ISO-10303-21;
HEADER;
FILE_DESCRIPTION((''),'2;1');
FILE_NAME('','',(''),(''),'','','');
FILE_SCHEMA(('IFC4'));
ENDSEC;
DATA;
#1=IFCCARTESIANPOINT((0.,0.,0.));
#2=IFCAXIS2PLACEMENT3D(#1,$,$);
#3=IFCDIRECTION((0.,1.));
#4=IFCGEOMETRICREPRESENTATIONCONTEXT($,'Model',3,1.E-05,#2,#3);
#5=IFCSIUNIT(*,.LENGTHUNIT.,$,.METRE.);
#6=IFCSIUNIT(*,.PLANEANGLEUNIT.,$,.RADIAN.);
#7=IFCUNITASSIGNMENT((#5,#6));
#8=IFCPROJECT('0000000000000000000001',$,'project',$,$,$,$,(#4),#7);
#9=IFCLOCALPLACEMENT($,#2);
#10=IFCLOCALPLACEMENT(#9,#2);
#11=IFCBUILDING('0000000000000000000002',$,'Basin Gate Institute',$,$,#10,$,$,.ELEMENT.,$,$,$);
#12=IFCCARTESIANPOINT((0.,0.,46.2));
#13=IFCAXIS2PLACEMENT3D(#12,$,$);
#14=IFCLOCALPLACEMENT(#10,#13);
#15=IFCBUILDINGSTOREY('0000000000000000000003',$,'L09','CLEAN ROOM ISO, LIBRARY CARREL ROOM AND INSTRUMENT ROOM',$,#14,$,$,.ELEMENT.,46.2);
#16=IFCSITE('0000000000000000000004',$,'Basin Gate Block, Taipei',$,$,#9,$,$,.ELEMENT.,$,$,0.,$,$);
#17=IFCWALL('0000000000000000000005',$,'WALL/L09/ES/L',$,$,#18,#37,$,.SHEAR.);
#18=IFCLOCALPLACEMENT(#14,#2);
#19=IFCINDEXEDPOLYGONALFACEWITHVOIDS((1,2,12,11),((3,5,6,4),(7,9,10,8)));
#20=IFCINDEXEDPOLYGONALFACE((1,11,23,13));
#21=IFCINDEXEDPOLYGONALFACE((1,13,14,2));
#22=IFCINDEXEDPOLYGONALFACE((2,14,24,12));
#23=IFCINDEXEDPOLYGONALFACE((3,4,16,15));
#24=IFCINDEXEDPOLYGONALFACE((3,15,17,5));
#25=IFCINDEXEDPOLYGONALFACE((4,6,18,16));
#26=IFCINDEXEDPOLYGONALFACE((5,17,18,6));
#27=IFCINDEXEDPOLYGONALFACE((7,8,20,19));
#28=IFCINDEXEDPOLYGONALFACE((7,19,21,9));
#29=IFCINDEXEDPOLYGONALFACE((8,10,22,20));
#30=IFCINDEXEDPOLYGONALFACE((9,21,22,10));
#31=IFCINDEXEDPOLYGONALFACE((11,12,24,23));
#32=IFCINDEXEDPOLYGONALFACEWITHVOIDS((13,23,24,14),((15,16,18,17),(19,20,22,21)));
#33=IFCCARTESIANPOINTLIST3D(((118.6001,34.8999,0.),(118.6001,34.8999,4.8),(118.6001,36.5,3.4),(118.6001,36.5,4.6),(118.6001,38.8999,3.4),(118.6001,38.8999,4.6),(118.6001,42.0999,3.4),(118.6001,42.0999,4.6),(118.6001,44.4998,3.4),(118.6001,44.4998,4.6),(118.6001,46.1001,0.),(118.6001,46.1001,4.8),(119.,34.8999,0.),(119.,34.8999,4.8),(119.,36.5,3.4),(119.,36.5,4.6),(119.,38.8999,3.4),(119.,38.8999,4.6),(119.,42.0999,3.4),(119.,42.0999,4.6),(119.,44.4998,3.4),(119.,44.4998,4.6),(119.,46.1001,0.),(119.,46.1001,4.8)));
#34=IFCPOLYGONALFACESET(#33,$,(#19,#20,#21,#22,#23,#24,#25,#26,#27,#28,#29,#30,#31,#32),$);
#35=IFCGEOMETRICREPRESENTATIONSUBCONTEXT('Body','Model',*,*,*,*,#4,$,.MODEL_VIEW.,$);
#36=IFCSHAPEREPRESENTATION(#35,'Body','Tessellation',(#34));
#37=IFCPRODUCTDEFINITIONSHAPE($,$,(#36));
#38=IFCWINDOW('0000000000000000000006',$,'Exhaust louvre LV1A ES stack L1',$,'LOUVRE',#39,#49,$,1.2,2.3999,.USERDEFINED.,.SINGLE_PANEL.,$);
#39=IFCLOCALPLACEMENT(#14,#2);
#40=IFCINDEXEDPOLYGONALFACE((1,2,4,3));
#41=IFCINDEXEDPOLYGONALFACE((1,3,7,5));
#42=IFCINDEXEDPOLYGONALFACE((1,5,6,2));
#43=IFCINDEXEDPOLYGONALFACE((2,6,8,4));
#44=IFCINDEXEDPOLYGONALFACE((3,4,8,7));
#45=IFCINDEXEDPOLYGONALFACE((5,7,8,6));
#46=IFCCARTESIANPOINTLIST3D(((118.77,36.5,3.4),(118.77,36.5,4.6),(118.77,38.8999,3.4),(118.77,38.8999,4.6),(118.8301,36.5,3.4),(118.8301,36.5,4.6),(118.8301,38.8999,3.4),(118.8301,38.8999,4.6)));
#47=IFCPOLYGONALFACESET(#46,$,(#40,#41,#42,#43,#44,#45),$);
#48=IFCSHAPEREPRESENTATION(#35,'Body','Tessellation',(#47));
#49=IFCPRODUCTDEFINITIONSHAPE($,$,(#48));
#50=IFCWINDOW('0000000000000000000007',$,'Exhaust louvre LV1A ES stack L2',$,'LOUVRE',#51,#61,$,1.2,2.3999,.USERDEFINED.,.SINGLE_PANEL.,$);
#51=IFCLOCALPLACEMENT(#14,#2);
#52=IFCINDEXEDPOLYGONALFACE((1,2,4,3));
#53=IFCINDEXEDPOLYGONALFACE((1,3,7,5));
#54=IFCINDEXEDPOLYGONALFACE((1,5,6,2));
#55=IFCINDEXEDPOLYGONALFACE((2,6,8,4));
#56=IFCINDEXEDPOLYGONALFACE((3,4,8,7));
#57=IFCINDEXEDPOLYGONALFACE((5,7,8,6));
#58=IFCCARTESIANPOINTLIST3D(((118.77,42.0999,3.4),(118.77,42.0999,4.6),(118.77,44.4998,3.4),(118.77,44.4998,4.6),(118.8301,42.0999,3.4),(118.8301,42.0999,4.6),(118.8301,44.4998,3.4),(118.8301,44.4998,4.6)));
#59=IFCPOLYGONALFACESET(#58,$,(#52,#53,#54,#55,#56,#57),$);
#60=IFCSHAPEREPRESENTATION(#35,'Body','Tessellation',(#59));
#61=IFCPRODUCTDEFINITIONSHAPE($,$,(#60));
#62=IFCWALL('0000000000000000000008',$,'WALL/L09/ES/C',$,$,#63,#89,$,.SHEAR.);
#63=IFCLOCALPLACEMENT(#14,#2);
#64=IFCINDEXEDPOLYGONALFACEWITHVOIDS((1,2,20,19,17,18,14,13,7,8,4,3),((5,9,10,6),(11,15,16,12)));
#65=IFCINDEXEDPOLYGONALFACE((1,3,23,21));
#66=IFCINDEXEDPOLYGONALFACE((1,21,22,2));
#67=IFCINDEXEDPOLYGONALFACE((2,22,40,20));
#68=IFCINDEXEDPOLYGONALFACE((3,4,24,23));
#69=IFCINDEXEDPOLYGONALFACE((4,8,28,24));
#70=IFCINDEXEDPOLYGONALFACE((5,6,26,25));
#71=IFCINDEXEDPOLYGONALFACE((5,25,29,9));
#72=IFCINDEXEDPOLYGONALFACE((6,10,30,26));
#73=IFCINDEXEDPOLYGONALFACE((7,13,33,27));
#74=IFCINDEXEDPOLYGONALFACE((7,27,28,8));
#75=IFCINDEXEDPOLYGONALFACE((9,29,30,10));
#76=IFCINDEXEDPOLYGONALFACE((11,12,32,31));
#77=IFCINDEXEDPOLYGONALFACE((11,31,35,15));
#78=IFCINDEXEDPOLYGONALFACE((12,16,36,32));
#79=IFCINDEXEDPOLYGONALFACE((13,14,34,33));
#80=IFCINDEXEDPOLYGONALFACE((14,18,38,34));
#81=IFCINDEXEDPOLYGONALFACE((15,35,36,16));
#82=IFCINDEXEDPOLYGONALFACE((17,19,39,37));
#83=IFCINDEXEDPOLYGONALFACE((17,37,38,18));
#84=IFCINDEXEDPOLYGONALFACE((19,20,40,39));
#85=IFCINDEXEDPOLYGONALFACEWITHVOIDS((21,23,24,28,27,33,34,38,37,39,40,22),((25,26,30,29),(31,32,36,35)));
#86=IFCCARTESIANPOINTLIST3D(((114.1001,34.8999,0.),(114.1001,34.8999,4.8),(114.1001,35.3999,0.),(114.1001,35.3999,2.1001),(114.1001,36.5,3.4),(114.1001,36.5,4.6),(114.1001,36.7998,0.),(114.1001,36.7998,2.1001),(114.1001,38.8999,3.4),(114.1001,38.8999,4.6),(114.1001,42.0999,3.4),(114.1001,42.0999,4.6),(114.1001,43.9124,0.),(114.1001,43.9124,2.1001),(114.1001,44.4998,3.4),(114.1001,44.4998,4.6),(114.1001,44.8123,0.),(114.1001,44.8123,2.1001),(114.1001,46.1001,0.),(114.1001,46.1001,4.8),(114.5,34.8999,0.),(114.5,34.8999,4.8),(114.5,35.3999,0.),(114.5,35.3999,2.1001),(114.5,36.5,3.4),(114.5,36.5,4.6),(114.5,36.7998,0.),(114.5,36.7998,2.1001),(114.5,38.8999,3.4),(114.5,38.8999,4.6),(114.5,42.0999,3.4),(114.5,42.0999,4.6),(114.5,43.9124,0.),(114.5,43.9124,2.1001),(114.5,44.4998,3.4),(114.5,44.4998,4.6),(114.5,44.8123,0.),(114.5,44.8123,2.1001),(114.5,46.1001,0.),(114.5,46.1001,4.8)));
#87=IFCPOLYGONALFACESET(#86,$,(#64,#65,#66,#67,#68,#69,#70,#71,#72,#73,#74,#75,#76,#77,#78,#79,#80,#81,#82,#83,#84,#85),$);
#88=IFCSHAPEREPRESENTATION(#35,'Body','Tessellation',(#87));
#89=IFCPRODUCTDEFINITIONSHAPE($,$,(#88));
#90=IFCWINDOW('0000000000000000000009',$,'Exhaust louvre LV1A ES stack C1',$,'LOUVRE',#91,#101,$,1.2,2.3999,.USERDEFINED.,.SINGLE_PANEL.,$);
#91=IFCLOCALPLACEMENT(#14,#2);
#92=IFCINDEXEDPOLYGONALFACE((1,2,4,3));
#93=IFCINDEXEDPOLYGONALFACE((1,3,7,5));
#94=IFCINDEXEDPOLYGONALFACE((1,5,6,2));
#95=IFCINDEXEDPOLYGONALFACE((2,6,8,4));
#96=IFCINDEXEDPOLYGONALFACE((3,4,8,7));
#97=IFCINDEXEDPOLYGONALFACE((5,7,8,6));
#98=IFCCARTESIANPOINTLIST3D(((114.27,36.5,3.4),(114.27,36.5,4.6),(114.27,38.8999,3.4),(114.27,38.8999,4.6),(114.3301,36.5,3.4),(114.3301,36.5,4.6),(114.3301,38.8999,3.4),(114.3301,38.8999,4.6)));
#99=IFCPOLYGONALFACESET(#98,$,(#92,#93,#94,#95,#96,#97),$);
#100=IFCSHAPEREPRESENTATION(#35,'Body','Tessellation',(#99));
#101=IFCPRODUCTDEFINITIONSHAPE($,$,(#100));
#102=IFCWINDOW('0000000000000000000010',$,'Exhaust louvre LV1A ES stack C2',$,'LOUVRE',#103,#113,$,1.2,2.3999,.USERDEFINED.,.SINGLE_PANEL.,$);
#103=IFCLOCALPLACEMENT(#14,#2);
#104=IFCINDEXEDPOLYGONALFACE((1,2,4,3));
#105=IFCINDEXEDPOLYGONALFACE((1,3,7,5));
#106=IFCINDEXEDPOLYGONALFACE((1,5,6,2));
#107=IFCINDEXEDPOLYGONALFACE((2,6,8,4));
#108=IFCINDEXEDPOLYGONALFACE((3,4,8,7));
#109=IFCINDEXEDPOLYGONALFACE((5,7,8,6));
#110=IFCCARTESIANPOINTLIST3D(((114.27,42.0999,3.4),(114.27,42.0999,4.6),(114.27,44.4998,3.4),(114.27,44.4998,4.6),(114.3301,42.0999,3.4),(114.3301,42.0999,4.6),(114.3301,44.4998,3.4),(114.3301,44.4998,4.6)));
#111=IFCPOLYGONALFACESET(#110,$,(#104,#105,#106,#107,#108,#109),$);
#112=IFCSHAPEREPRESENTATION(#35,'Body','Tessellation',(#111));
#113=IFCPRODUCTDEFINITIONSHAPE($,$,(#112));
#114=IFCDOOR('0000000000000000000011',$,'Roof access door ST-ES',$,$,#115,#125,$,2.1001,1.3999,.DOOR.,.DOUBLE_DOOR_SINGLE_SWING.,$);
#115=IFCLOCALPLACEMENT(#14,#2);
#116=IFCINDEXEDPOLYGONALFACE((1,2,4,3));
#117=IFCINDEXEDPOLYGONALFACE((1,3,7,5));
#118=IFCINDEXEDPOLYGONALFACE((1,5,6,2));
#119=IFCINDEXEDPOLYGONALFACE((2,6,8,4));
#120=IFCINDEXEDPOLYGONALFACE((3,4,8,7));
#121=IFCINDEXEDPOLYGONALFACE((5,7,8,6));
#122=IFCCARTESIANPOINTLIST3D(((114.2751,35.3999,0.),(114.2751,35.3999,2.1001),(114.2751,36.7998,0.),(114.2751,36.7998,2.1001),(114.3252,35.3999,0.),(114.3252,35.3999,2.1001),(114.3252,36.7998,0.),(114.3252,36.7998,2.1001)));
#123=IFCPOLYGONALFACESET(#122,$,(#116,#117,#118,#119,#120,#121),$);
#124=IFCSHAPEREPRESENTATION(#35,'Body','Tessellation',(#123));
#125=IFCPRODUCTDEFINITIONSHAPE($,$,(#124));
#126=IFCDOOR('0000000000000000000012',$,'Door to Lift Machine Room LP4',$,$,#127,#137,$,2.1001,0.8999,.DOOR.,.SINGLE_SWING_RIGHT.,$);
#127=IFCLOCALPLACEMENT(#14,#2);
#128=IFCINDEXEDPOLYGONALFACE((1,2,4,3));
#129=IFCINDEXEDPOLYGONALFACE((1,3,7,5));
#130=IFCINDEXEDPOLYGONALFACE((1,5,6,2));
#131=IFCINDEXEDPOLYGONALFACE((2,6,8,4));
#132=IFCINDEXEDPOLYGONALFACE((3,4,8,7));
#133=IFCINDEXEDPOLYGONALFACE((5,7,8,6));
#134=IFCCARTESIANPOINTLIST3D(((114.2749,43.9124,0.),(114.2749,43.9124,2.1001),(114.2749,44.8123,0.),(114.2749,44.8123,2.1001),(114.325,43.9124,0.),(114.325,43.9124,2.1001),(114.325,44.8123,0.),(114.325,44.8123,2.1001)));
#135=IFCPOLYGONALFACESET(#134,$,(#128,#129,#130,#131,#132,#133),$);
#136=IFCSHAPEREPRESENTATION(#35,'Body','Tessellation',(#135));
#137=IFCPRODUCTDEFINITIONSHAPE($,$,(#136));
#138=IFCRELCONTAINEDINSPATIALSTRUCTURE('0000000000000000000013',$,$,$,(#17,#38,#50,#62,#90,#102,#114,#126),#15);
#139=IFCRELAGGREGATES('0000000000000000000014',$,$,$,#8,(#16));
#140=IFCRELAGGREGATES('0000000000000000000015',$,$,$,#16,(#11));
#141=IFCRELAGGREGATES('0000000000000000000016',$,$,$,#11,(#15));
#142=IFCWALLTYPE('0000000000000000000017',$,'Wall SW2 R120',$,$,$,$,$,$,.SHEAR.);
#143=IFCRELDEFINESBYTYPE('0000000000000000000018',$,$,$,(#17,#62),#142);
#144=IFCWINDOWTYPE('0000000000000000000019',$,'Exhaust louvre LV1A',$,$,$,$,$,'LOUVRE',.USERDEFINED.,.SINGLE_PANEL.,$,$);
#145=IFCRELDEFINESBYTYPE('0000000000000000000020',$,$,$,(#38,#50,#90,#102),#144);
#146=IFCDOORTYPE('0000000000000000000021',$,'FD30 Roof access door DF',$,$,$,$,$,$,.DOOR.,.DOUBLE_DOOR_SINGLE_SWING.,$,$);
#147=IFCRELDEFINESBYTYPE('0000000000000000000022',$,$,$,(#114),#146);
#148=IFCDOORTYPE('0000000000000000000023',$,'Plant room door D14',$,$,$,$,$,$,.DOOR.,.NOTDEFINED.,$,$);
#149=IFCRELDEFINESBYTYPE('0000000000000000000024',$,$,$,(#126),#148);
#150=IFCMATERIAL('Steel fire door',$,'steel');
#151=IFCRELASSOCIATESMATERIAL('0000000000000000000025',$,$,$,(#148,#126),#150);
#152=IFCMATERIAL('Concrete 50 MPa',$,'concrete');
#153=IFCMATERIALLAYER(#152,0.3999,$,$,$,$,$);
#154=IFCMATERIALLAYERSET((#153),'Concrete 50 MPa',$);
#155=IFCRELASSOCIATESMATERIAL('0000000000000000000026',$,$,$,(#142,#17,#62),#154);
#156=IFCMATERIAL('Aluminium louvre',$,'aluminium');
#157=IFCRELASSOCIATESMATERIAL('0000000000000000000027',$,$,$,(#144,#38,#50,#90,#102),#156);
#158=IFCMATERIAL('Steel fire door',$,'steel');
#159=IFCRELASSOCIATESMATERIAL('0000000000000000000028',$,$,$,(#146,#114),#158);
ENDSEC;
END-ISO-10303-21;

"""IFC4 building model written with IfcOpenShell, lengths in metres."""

from ifc_helpers import new_model, si_unit, direction, frame, frame_2d, origin, place, context, subcontext, project, spatial, rectangle, extrude, material, layer, layer_set, type_object, element, fill, save


model = new_model("IFC4")

# Units and contexts
model_context = context("Model", 3, precision=1e-05, world=origin(), true_north=direction((0.0, 1.0)))
body_context = subcontext(model_context, "Body", "Model", "MODEL_VIEW")
ifc_project = project(units=[si_unit("LENGTHUNIT", "METRE"), si_unit("PLANEANGLEUNIT", "RADIAN")], contexts=[model_context])

# Site, building, storey
site_placement = place(None, origin())
site = spatial("IfcSite", under=ifc_project, at=site_placement, Name="Basin Gate Block, Taipei", CompositionType="ELEMENT", RefElevation=0.0)
building_placement = place(site_placement, origin())
building = spatial("IfcBuilding", under=site, at=building_placement, Name="Basin Gate Institute", CompositionType="ELEMENT")
storey_placement = place(building_placement, frame((0.0, 0.0, 46.2)))
storey = spatial("IfcBuildingStorey", under=building, at=storey_placement, Name="L09", Description="CLEAN ROOM ISO, LIBRARY CARREL ROOM AND INSTRUMENT ROOM", CompositionType="ELEMENT", Elevation=46.2)

# Shared definitions
ifc_material_1 = material(Name="Steel fire door", Category="steel")
door_type_1 = type_object("IfcDoorType", Name="Plant room door D14", OperationType="NOTDEFINED", PredefinedType="DOOR", material=ifc_material_1)

# Wall, openings, windows
ifc_material_2 = material(Name="Concrete 50 MPa", Category="concrete")
ifc_layer_1 = layer(ifc_material_2, 0.3999)
ifc_layer_set_1 = layer_set([ifc_layer_1], Name="Concrete 50 MPa")
wall_type_1 = type_object("IfcWallType", Name="Wall SW2 R120", PredefinedType="SHEAR", material=ifc_layer_set_1)
wall_1_placement = place(storey_placement, frame((118.8, 34.8999, 0.0), z_axis=(0.0, 0.0, 1.0), x_axis=(0.0, 1.0, 0.0)))
wall_1 = element("IfcWall", 1, at=wall_1_placement, inside=storey, type_object=wall_type_1, material=ifc_layer_set_1, Name="WALL/L09/ES/L", PredefinedType="SHEAR", context=body_context, shape_type="SweptSolid", body=[
    extrude(rectangle(XDim=11.2002, YDim=0.3999, at=frame_2d((5.6001, 0.0))), origin(), (0.0, 0.0, 1.0), 4.8),
])
opening_1_placement = place(wall_1_placement, frame((1.6001, 0.0, 3.3999)))
opening_1 = element("IfcOpeningElement", 2, at=opening_1_placement, cuts=wall_1, PredefinedType="OPENING", context=body_context, shape_type="SweptSolid", body=[
    extrude(rectangle(XDim=2.3999, YDim=1.2, at=frame_2d((1.2, 0.6001))), frame((0.0, 0.21, 0.0), z_axis=(0.0, -1.0, 0.0), x_axis=(1.0, 0.0, 0.0)), (0.0, 0.0, 1.0), 0.4199),
])
opening_2_placement = place(wall_1_placement, frame((7.2, 0.0, 3.3999)))
opening_2 = element("IfcOpeningElement", 3, at=opening_2_placement, cuts=wall_1, PredefinedType="OPENING", context=body_context, shape_type="SweptSolid", body=[
    extrude(rectangle(XDim=2.3999, YDim=1.2, at=frame_2d((1.2, 0.6001))), frame((0.0, 0.21, 0.0), z_axis=(0.0, -1.0, 0.0), x_axis=(1.0, 0.0, 0.0)), (0.0, 0.0, 1.0), 0.4199),
])
ifc_material_3 = material(Name="Aluminium louvre", Category="aluminium")
window_type = type_object("IfcWindowType", Name="Exhaust louvre LV1A", ElementType="LOUVRE", PartitioningType="SINGLE_PANEL", PredefinedType="USERDEFINED", material=ifc_material_3)
window_1_placement = place(opening_1_placement, origin())
window_1 = element("IfcWindow", 4, at=window_1_placement, inside=storey, type_object=window_type, material=ifc_material_3, Name="Exhaust louvre LV1A ES stack L1", ObjectType="LOUVRE", OverallHeight=1.2, OverallWidth=2.3999, PartitioningType="SINGLE_PANEL", PredefinedType="USERDEFINED", context=body_context, shape_type="SweptSolid", body=[
    extrude(rectangle(XDim=2.3999, YDim=1.2, at=frame_2d((1.2, 0.6001))), frame((0.0, 0.03, 0.0), z_axis=(0.0, -1.0, 0.0), x_axis=(1.0, 0.0, 0.0)), (0.0, 0.0, 1.0), 0.0601),
])
fill(opening_1, window_1)
window_2_placement = place(opening_2_placement, origin())
window_2 = element("IfcWindow", 5, at=window_2_placement, inside=storey, type_object=window_type, material=ifc_material_3, Name="Exhaust louvre LV1A ES stack L2", ObjectType="LOUVRE", OverallHeight=1.2, OverallWidth=2.3999, PartitioningType="SINGLE_PANEL", PredefinedType="USERDEFINED", context=body_context, shape_type="SweptSolid", body=[
    extrude(rectangle(XDim=2.3999, YDim=1.2, at=frame_2d((1.2, 0.6001))), frame((0.0, 0.03, 0.0), z_axis=(0.0, -1.0, 0.0), x_axis=(1.0, 0.0, 0.0)), (0.0, 0.0, 1.0), 0.0601),
])
fill(opening_2, window_2)

# Wall, openings, windows, doors
wall_2_placement = place(storey_placement, frame((114.3, 34.8999, 0.0), z_axis=(0.0, 0.0, 1.0), x_axis=(0.0, 1.0, 0.0)))
wall_2 = element("IfcWall", 6, at=wall_2_placement, inside=storey, type_object=wall_type_1, material=ifc_layer_set_1, Name="WALL/L09/ES/C", PredefinedType="SHEAR", context=body_context, shape_type="SweptSolid", body=[
    extrude(rectangle(XDim=11.2002, YDim=0.3999, at=frame_2d((5.6001, 0.0))), origin(), (0.0, 0.0, 1.0), 4.8),
])
opening_3_placement = place(wall_2_placement, frame((0.5, 0.0, 0.0)))
opening_3 = element("IfcOpeningElement", 7, at=opening_3_placement, cuts=wall_2, PredefinedType="OPENING", context=body_context, shape_type="SweptSolid", body=[
    extrude(rectangle(XDim=1.3999, YDim=2.1001, at=frame_2d((0.7, 1.05))), frame((0.0, 0.21, 0.0), z_axis=(0.0, -1.0, 0.0), x_axis=(1.0, 0.0, 0.0)), (0.0, 0.0, 1.0), 0.4199),
])
opening_4_placement = place(wall_2_placement, frame((1.6001, 0.0, 3.3999)))
opening_4 = element("IfcOpeningElement", 8, at=opening_4_placement, cuts=wall_2, PredefinedType="OPENING", context=body_context, shape_type="SweptSolid", body=[
    extrude(rectangle(XDim=2.3999, YDim=1.2, at=frame_2d((1.2, 0.6001))), frame((0.0, 0.21, 0.0), z_axis=(0.0, -1.0, 0.0), x_axis=(1.0, 0.0, 0.0)), (0.0, 0.0, 1.0), 0.4199),
])
opening_5_placement = place(wall_2_placement, frame((7.2, 0.0, 3.3999)))
opening_5 = element("IfcOpeningElement", 9, at=opening_5_placement, cuts=wall_2, PredefinedType="OPENING", context=body_context, shape_type="SweptSolid", body=[
    extrude(rectangle(XDim=2.3999, YDim=1.2, at=frame_2d((1.2, 0.6001))), frame((0.0, 0.21, 0.0), z_axis=(0.0, -1.0, 0.0), x_axis=(1.0, 0.0, 0.0)), (0.0, 0.0, 1.0), 0.4199),
])
opening_6_placement = place(wall_2_placement, frame((9.0125, 0.0, 0.0)))
opening_6 = element("IfcOpeningElement", 10, at=opening_6_placement, cuts=wall_2, PredefinedType="OPENING", context=body_context, shape_type="SweptSolid", body=[
    extrude(rectangle(XDim=0.8999, YDim=2.1001, at=frame_2d((0.45, 1.05))), frame((0.0, 0.21, 0.0), z_axis=(0.0, -1.0, 0.0), x_axis=(1.0, 0.0, 0.0)), (0.0, 0.0, 1.0), 0.4199),
])
window_3_placement = place(opening_4_placement, origin())
window_3 = element("IfcWindow", 11, at=window_3_placement, inside=storey, type_object=window_type, material=ifc_material_3, Name="Exhaust louvre LV1A ES stack C1", ObjectType="LOUVRE", OverallHeight=1.2, OverallWidth=2.3999, PartitioningType="SINGLE_PANEL", PredefinedType="USERDEFINED", context=body_context, shape_type="SweptSolid", body=[
    extrude(rectangle(XDim=2.3999, YDim=1.2, at=frame_2d((1.2, 0.6001))), frame((0.0, 0.03, 0.0), z_axis=(0.0, -1.0, 0.0), x_axis=(1.0, 0.0, 0.0)), (0.0, 0.0, 1.0), 0.0601),
])
fill(opening_4, window_3)
window_4_placement = place(opening_5_placement, origin())
window_4 = element("IfcWindow", 12, at=window_4_placement, inside=storey, type_object=window_type, material=ifc_material_3, Name="Exhaust louvre LV1A ES stack C2", ObjectType="LOUVRE", OverallHeight=1.2, OverallWidth=2.3999, PartitioningType="SINGLE_PANEL", PredefinedType="USERDEFINED", context=body_context, shape_type="SweptSolid", body=[
    extrude(rectangle(XDim=2.3999, YDim=1.2, at=frame_2d((1.2, 0.6001))), frame((0.0, 0.03, 0.0), z_axis=(0.0, -1.0, 0.0), x_axis=(1.0, 0.0, 0.0)), (0.0, 0.0, 1.0), 0.0601),
])
fill(opening_5, window_4)
ifc_material_4 = material(Name="Steel fire door", Category="steel")
door_type_2 = type_object("IfcDoorType", Name="FD30 Roof access door DF", OperationType="DOUBLE_DOOR_SINGLE_SWING", PredefinedType="DOOR", material=ifc_material_4)
door_1_placement = place(opening_3_placement, origin())
door_1 = element("IfcDoor", 13, at=door_1_placement, inside=storey, type_object=door_type_2, material=ifc_material_4, Name="Roof access door ST-ES", OperationType="DOUBLE_DOOR_SINGLE_SWING", OverallHeight=2.1001, OverallWidth=1.3999, PredefinedType="DOOR", context=body_context, shape_type="SweptSolid", body=[
    extrude(rectangle(XDim=1.3999, YDim=2.1001, at=frame_2d((0.7, 1.05))), frame((0.0, 0.0249, 0.0), z_axis=(0.0, -1.0, 0.0), x_axis=(1.0, 0.0, 0.0)), (0.0, 0.0, 1.0), 0.05),
])
fill(opening_3, door_1)
door_2_placement = place(opening_6_placement, frame((0.8999, 0.0, 0.0), z_axis=(0.0, 0.0, 1.0), x_axis=(-1.0, 0.0, 0.0)))
door_2 = element("IfcDoor", 14, at=door_2_placement, inside=storey, type_object=door_type_1, material=ifc_material_1, Name="Door to Lift Machine Room LP4", OperationType="SINGLE_SWING_RIGHT", OverallHeight=2.1001, OverallWidth=0.8999, PredefinedType="DOOR", context=body_context, shape_type="SweptSolid", body=[
    extrude(rectangle(XDim=0.8999, YDim=2.1001, at=frame_2d((0.45, 1.05))), frame((0.0, 0.0249, 0.0), z_axis=(0.0, -1.0, 0.0), x_axis=(1.0, 0.0, 0.0)), (0.0, 0.0, 1.0), 0.05),
])
fill(opening_6, door_2)

save(model, "model.ifc")
